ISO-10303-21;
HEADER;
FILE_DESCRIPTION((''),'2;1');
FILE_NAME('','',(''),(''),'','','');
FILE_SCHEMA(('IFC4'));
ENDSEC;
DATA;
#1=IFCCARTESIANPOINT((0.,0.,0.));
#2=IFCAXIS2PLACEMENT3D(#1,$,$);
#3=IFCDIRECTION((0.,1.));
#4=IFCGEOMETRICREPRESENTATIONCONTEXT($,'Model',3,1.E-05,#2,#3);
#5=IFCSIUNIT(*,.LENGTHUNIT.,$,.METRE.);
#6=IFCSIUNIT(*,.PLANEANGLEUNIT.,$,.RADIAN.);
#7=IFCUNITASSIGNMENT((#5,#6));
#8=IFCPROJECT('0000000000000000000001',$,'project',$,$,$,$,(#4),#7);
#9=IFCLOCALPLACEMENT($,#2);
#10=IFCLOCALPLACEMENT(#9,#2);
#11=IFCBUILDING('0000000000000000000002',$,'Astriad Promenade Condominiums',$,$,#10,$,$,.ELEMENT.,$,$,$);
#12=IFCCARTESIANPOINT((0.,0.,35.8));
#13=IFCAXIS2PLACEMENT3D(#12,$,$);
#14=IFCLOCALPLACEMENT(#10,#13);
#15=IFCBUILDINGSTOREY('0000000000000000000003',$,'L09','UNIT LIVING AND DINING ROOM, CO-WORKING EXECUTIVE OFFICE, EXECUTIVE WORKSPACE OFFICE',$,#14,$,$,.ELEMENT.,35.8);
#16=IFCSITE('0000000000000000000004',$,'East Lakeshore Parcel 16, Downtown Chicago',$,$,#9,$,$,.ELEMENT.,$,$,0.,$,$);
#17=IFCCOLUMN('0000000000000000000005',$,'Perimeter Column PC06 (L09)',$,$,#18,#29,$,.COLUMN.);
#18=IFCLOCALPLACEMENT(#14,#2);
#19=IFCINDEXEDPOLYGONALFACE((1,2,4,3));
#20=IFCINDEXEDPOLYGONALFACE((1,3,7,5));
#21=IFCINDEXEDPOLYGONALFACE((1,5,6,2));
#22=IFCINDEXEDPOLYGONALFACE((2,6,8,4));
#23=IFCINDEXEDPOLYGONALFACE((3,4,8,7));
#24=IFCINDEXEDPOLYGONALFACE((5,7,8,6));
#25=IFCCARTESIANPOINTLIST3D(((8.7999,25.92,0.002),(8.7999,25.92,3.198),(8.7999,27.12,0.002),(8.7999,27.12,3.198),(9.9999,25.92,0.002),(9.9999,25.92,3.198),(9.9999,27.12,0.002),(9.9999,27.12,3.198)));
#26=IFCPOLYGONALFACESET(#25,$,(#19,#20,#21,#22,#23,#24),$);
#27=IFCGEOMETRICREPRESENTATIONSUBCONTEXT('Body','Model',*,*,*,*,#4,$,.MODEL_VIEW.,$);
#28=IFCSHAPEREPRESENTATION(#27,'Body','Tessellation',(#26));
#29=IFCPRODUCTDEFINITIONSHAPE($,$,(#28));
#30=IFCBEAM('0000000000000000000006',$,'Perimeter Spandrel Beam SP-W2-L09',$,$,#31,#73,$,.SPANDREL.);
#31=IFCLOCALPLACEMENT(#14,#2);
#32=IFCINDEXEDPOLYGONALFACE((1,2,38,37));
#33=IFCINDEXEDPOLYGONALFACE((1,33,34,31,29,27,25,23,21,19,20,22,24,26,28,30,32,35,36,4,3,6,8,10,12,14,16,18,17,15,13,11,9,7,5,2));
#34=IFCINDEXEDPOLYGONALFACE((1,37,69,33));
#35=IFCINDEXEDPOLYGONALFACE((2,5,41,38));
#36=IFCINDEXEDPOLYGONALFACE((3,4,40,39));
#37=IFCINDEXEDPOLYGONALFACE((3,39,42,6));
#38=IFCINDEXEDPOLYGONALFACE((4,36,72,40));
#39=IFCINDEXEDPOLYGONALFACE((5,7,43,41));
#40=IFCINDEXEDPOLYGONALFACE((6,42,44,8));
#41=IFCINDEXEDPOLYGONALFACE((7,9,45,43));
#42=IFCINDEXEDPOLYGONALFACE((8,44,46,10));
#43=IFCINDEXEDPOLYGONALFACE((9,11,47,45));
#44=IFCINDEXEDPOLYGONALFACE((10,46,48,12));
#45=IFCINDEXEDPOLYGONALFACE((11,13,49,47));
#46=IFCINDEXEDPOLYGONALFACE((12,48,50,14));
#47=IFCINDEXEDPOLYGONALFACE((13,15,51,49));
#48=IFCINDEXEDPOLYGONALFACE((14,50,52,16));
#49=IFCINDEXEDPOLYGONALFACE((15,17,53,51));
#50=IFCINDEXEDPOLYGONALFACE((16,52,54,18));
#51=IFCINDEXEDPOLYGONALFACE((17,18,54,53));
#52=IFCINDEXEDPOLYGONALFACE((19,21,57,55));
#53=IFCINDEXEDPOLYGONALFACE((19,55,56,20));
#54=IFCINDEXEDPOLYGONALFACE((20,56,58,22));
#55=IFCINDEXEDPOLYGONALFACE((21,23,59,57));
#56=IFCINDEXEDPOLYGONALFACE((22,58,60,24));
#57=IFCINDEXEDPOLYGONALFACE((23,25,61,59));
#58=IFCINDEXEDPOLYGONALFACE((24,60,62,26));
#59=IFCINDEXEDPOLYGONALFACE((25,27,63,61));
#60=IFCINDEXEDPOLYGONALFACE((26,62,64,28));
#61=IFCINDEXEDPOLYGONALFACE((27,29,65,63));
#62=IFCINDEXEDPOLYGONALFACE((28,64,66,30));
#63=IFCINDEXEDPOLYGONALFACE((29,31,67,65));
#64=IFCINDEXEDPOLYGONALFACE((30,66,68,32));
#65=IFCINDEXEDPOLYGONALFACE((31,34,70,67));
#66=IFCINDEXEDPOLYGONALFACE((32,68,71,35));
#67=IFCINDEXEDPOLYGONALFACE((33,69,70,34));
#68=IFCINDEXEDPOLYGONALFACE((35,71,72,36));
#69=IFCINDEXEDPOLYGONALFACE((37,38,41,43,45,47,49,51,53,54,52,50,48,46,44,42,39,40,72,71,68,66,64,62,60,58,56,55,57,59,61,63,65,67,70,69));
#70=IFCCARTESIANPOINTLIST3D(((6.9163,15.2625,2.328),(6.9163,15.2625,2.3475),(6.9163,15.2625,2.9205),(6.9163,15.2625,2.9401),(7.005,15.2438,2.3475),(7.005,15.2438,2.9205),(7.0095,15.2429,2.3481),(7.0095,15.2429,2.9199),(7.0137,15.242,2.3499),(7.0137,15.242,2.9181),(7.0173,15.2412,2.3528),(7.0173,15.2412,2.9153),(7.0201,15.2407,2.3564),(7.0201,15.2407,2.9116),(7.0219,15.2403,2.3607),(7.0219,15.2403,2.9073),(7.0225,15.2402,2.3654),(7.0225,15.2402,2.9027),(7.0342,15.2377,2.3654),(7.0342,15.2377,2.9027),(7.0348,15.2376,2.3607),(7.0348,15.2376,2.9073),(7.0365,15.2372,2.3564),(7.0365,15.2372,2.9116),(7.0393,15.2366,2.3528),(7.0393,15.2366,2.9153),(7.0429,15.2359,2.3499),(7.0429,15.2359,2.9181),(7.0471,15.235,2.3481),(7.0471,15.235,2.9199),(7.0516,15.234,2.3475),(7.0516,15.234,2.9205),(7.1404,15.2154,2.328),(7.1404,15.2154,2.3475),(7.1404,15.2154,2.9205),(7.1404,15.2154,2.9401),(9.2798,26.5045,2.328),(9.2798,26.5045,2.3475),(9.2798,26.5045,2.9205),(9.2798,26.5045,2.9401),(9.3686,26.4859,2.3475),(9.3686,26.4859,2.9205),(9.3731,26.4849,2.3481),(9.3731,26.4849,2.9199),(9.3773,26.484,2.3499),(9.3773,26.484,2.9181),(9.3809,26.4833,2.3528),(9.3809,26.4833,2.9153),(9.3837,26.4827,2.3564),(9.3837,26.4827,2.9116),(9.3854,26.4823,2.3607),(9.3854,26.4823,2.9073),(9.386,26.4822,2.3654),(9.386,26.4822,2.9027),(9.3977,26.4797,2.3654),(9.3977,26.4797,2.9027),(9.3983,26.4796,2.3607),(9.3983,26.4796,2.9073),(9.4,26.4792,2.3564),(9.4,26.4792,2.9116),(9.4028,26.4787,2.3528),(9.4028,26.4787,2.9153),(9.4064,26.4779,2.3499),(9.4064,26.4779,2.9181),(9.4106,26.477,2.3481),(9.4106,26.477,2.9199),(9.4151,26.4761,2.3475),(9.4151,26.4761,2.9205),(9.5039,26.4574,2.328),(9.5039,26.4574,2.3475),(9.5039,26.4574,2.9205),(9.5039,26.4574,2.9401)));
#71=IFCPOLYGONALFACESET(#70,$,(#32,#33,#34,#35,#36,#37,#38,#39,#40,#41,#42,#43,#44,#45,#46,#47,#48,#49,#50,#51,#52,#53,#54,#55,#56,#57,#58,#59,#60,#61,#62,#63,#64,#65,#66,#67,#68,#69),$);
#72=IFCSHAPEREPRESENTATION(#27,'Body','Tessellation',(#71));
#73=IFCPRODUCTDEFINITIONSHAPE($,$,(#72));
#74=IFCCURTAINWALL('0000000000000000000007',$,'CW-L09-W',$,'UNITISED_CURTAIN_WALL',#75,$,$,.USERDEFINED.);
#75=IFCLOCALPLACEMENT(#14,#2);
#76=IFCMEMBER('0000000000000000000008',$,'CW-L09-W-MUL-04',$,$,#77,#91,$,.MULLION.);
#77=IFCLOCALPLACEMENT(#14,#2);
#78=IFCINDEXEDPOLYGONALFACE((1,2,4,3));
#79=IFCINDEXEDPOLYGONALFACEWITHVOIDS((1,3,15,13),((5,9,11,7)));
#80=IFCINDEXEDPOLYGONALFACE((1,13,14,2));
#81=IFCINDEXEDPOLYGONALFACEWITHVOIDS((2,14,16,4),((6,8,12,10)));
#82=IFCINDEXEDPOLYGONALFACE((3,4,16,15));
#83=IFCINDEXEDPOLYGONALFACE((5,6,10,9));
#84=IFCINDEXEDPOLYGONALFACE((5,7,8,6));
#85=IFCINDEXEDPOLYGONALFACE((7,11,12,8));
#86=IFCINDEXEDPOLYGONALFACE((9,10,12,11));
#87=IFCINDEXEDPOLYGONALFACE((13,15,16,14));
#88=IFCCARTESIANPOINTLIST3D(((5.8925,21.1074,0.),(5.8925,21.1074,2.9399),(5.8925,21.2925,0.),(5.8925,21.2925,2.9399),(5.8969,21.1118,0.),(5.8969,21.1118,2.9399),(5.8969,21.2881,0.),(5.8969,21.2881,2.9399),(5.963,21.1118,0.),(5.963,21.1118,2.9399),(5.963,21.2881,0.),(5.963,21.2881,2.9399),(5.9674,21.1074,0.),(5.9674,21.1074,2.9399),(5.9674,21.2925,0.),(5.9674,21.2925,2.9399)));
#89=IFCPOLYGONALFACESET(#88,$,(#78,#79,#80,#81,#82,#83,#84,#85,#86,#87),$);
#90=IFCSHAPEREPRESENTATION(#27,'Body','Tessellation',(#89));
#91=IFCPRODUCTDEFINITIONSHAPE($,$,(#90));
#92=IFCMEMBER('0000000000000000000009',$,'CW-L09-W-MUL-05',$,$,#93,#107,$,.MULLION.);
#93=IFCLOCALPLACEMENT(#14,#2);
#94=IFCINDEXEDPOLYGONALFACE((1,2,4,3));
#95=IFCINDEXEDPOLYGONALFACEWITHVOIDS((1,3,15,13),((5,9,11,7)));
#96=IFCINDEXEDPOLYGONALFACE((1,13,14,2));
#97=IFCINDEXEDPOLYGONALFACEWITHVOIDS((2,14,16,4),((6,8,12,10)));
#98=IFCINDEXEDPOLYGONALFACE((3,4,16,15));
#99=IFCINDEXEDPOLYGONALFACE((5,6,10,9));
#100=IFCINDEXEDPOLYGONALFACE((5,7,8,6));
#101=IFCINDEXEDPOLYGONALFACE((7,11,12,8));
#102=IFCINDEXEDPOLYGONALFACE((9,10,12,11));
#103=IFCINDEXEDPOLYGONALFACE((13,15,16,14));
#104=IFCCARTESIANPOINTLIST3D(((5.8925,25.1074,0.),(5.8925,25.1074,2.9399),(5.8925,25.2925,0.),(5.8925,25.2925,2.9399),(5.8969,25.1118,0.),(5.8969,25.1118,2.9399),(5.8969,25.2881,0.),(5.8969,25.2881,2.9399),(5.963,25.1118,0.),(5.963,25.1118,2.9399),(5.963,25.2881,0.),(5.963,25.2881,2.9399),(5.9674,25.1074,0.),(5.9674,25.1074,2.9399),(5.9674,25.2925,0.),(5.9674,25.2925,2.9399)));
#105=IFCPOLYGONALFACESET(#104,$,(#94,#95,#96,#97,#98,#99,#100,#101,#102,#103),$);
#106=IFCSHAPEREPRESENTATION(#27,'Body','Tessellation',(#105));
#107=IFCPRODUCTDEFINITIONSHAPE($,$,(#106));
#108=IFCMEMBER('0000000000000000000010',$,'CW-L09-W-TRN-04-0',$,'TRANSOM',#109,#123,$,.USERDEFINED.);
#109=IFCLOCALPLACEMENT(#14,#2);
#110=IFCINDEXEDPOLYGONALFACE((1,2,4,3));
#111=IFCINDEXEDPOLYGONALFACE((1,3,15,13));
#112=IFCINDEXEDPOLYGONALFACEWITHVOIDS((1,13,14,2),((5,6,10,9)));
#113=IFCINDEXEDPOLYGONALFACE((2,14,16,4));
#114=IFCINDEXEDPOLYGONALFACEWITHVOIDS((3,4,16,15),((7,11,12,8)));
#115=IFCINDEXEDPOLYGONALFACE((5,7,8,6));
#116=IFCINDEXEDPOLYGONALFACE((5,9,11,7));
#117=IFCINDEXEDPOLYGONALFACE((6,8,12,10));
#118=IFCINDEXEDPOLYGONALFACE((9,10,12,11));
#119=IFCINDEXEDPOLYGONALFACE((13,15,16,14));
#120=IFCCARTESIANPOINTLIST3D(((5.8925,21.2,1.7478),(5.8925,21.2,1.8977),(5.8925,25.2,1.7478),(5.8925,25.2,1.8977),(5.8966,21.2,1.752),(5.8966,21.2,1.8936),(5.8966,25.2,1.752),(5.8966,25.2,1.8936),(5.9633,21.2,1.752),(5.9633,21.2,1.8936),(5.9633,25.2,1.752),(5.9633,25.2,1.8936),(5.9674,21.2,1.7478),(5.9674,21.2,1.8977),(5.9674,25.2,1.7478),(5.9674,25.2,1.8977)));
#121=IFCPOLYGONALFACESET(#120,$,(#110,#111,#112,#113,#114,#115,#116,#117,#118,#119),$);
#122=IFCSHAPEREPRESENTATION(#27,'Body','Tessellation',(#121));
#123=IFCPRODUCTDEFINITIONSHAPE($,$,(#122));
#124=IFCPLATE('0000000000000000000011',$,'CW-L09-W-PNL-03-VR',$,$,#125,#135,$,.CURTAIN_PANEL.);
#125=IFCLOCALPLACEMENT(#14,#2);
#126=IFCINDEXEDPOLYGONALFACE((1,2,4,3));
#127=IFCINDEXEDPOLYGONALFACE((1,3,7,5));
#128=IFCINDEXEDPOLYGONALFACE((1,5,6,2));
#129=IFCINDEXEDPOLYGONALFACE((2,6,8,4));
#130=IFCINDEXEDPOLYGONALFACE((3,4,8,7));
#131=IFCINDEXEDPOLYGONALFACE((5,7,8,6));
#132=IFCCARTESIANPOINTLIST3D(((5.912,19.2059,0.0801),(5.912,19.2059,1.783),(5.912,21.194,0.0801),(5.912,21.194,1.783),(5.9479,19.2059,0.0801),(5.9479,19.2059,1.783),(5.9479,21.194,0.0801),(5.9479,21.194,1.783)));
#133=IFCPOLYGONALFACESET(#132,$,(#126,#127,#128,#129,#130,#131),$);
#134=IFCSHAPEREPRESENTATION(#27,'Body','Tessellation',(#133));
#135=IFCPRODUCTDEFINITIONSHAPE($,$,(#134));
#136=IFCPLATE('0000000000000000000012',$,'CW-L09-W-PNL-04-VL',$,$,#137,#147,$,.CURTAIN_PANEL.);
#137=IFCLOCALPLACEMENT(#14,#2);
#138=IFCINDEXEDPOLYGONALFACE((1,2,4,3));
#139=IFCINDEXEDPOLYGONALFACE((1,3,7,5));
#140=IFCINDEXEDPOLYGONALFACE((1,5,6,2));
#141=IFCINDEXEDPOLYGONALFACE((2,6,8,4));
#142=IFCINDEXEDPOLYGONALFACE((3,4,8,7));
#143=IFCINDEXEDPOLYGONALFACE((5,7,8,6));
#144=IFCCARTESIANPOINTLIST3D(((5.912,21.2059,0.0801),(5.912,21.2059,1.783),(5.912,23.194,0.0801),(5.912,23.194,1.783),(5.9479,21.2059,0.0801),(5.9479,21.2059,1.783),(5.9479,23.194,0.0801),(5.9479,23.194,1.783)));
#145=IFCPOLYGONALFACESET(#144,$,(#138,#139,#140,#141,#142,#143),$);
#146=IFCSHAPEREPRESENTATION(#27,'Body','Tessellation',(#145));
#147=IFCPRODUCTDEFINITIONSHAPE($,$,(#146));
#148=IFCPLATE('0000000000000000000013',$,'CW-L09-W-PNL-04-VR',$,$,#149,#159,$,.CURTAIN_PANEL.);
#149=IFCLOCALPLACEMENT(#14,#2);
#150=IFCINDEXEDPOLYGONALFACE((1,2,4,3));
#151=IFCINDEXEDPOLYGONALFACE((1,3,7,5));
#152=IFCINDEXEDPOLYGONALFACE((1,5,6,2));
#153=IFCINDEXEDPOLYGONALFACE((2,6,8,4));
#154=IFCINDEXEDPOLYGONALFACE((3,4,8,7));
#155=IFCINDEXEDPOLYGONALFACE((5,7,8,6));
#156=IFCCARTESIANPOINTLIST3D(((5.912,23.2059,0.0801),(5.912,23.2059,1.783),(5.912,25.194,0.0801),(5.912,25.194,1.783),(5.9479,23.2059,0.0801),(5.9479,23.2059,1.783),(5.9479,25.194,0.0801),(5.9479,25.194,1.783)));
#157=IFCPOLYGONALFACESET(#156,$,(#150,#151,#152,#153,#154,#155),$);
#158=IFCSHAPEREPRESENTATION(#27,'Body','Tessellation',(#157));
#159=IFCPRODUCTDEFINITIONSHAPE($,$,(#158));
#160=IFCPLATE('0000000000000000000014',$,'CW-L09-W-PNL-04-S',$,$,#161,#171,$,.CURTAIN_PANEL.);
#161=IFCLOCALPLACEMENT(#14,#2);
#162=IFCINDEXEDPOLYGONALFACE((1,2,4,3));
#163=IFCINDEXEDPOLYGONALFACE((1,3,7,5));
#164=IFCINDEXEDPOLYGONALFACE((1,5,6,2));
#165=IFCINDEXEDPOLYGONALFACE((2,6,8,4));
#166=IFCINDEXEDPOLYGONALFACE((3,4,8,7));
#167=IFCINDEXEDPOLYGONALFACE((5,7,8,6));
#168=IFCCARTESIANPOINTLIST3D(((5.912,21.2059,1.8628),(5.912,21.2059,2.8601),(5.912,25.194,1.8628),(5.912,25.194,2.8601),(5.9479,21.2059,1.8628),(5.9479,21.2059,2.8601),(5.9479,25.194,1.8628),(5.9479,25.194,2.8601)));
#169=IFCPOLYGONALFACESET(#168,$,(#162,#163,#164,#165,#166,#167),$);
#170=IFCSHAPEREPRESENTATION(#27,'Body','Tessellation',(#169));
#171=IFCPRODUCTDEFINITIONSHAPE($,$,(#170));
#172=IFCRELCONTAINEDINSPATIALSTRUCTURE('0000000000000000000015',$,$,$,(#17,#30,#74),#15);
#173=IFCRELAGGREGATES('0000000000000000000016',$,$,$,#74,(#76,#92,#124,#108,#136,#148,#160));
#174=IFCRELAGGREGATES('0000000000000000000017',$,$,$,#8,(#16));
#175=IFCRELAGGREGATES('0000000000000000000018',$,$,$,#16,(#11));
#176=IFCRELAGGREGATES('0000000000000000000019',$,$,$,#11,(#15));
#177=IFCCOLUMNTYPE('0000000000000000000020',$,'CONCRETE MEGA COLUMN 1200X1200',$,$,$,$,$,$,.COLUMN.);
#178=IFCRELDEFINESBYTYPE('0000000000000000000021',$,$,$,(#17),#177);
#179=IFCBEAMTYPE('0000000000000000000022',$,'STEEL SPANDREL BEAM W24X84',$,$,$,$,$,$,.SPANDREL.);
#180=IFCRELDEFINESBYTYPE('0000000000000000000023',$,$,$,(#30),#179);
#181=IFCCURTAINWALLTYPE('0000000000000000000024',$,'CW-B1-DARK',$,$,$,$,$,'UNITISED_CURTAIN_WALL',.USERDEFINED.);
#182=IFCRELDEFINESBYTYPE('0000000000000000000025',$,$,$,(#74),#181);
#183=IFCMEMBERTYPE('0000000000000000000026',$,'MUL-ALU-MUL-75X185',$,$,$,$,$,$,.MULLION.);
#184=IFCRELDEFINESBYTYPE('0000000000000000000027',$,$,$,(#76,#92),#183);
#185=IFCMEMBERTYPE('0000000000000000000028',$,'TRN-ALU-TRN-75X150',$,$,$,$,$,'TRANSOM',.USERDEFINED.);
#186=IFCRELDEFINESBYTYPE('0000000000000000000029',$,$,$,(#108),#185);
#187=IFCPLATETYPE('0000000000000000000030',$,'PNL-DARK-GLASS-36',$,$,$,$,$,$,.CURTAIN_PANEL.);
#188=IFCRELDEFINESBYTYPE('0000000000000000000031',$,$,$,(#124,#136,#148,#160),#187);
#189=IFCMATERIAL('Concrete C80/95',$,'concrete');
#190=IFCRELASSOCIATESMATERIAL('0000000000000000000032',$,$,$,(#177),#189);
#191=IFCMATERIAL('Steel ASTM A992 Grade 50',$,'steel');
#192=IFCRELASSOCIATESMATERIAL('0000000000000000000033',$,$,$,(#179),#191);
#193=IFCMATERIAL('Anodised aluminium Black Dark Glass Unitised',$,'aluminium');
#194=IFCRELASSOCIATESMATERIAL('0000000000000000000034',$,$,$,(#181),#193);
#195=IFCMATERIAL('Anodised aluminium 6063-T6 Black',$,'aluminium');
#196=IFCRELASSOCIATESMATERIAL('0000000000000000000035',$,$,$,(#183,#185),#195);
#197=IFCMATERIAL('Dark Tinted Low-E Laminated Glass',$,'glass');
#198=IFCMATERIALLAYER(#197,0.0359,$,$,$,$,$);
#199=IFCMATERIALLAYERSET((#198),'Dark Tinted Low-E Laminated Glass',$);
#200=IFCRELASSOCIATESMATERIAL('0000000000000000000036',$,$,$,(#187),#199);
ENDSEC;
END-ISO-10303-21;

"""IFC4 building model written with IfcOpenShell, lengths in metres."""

from ifc_helpers import new_model, si_unit, direction, frame, origin, origin_2d, place, context, subcontext, project, spatial, rectangle, hollow_rectangle, i_section, extrude, source, transform, mapped, material, layer, layer_set, material_profile, profile_set, type_object, type_shapes, element, aggregate, save


model = new_model("IFC4")

# Units and contexts
model_context = context("Model", 3, precision=1e-05, world=origin(), true_north=direction((0.0, 1.0)))
body_context = subcontext(model_context, "Body", "Model", "MODEL_VIEW")
ifc_project = project(units=[si_unit("LENGTHUNIT", "METRE"), si_unit("PLANEANGLEUNIT", "RADIAN")], contexts=[model_context])

# Site, building, storey
site_placement = place(None, origin())
site = spatial("IfcSite", under=ifc_project, at=site_placement, Name="East Lakeshore Parcel 16, Downtown Chicago", CompositionType="ELEMENT", RefElevation=0.0)
building_placement = place(site_placement, origin())
building = spatial("IfcBuilding", under=site, at=building_placement, Name="Astriad Promenade Condominiums", CompositionType="ELEMENT")
storey_placement = place(building_placement, frame((0.0, 0.0, 35.8)))
storey = spatial("IfcBuildingStorey", under=building, at=storey_placement, Name="L09", Description="UNIT LIVING AND DINING ROOM, CO-WORKING EXECUTIVE OFFICE, EXECUTIVE WORKSPACE OFFICE", CompositionType="ELEMENT", Elevation=35.8)

# Column
ifc_material_1 = material(Name="Concrete C80/95", Category="concrete")
ifc_material_profile_1 = material_profile(ifc_material_1, rectangle(XDim=1.2, YDim=1.2, at=origin_2d()), Name="RC-COL-1200X1200")
ifc_profile_set_1 = profile_set([ifc_material_profile_1], Name="Concrete C80/95")
column_type = type_object("IfcColumnType", Name="CONCRETE MEGA COLUMN 1200X1200", PredefinedType="COLUMN", material=ifc_profile_set_1)
shared_shape_1 = source(origin(), body_context, "Body", "SweptSolid", [
    extrude(rectangle(XDim=1.2, YDim=1.2, at=origin_2d()), origin(), (0.0, 0.0, 1.0), 3.196),
])
type_shapes(column_type, [shared_shape_1])
column_placement = place(storey_placement, frame((9.3999, 26.52, 0.002), z_axis=(0.0, 0.0, 1.0), x_axis=(1.0, 0.0, 0.0)))
element("IfcColumn", 1, at=column_placement, inside=storey, type_object=column_type, Name="Perimeter Column PC06 (L09)", PredefinedType="COLUMN", context=body_context, shape_type="MappedRepresentation", body=[
    mapped(shared_shape_1, transform((0.0, 0.0, 0.0), scale=1.0)),
])

# Beam
ifc_material_2 = material(Name="Steel ASTM A992 Grade 50", Category="steel")
ifc_material_profile_2 = material_profile(ifc_material_2, i_section(OverallWidth=0.229, OverallDepth=0.6121, WebThickness=0.012, FlangeThickness=0.0195, FilletRadius=0.0178, at=origin_2d()), Name="W24X84")
ifc_profile_set_2 = profile_set([ifc_material_profile_2], Name="Steel ASTM A992 Grade 50")
beam_type = type_object("IfcBeamType", Name="STEEL SPANDREL BEAM W24X84", PredefinedType="SPANDREL", material=ifc_profile_set_2)
shared_shape_2 = source(origin(), body_context, "Body", "SweptSolid", [
    extrude(i_section(OverallWidth=0.229, OverallDepth=0.6121, WebThickness=0.012, FlangeThickness=0.0195, FilletRadius=0.0178, at=origin_2d()), origin(), (0.0, 0.0, 1.0), 11.4878),
])
type_shapes(beam_type, [shared_shape_2])
beam_placement = place(storey_placement, frame((9.3918, 26.481, 2.634), z_axis=(-0.205744, -0.978606, 0.0), x_axis=(0.978606, -0.205744, 0.0)))
element("IfcBeam", 2, at=beam_placement, inside=storey, type_object=beam_type, Name="Perimeter Spandrel Beam SP-W2-L09", PredefinedType="SPANDREL", context=body_context, shape_type="MappedRepresentation", body=[
    mapped(shared_shape_2, transform((0.0, 0.0, 0.0), scale=1.0)),
])

# Curtain wall, members, plates
ifc_material_3 = material(Name="Anodised aluminium Black Dark Glass Unitised", Category="aluminium")
curtain_wall_type = type_object("IfcCurtainWallType", Name="CW-B1-DARK", ElementType="UNITISED_CURTAIN_WALL", PredefinedType="USERDEFINED", material=ifc_material_3)
curtain_wall_placement = place(storey_placement, origin())
curtain_wall = element("IfcCurtainWall", 3, at=curtain_wall_placement, inside=storey, type_object=curtain_wall_type, Name="CW-L09-W", ObjectType="UNITISED_CURTAIN_WALL", PredefinedType="USERDEFINED")
ifc_material_4 = material(Name="Anodised aluminium 6063-T6 Black", Category="aluminium")
ifc_material_profile_3 = material_profile(ifc_material_4, hollow_rectangle(XDim=0.075, YDim=0.1851, WallThickness=0.0044, at=origin_2d()), Name="ALU-MUL-75X185")
ifc_profile_set_3 = profile_set([ifc_material_profile_3], Name="Anodised aluminium 6063-T6 Black")
member_type_1 = type_object("IfcMemberType", Name="MUL-ALU-MUL-75X185", PredefinedType="MULLION", material=ifc_profile_set_3)
shared_shape_3 = source(origin(), body_context, "Body", "SweptSolid", [
    extrude(hollow_rectangle(XDim=0.075, YDim=0.1851, WallThickness=0.0044, at=origin_2d()), origin(), (0.0, 0.0, 1.0), 2.9399),
])
type_shapes(member_type_1, [shared_shape_3])
member_1_placement = place(storey_placement, frame((5.9299, 21.2, 0.0), z_axis=(0.0, 0.0, 1.0), x_axis=(1.0, 0.0, 0.0)))
member_1 = element("IfcMember", 4, at=member_1_placement, type_object=member_type_1, Name="CW-L09-W-MUL-04", PredefinedType="MULLION", context=body_context, shape_type="MappedRepresentation", body=[
    mapped(shared_shape_3, transform((0.0, 0.0, 0.0), scale=1.0)),
])
member_2_placement = place(storey_placement, frame((5.9299, 25.2, 0.0), z_axis=(0.0, 0.0, 1.0), x_axis=(1.0, 0.0, 0.0)))
member_2 = element("IfcMember", 5, at=member_2_placement, type_object=member_type_1, Name="CW-L09-W-MUL-05", PredefinedType="MULLION", context=body_context, shape_type="MappedRepresentation", body=[
    mapped(shared_shape_3, transform((0.0, 0.0, 0.0), scale=1.0)),
])
ifc_material_profile_4 = material_profile(ifc_material_4, hollow_rectangle(XDim=0.075, YDim=0.1499, WallThickness=0.0042, at=origin_2d()), Name="ALU-TRN-75X150")
ifc_profile_set_4 = profile_set([ifc_material_profile_4], Name="Anodised aluminium 6063-T6 Black")
member_type_2 = type_object("IfcMemberType", Name="TRN-ALU-TRN-75X150", ElementType="TRANSOM", PredefinedType="USERDEFINED", material=ifc_profile_set_4)
shared_shape_4 = source(origin(), body_context, "Body", "SweptSolid", [
    extrude(hollow_rectangle(XDim=0.075, YDim=0.1499, WallThickness=0.0042, at=origin_2d()), origin(), (0.0, 0.0, 1.0), 4.0),
])
type_shapes(member_type_2, [shared_shape_4])
member_3_placement = place(storey_placement, frame((5.9299, 21.2, 1.8228), z_axis=(0.0, 1.0, 0.0), x_axis=(-1.0, 0.0, 0.0)))
member_3 = element("IfcMember", 6, at=member_3_placement, type_object=member_type_2, Name="CW-L09-W-TRN-04-0", ObjectType="TRANSOM", PredefinedType="USERDEFINED", context=body_context, shape_type="MappedRepresentation", body=[
    mapped(shared_shape_4, transform((0.0, 0.0, 0.0), scale=1.0)),
])
ifc_material_5 = material(Name="Dark Tinted Low-E Laminated Glass", Category="glass")
ifc_layer_1 = layer(ifc_material_5, 0.0359)
ifc_layer_set_1 = layer_set([ifc_layer_1], Name="Dark Tinted Low-E Laminated Glass")
plate_type = type_object("IfcPlateType", Name="PNL-DARK-GLASS-36", PredefinedType="CURTAIN_PANEL", material=ifc_layer_set_1)
shared_shape_5 = source(origin(), body_context, "Body", "SweptSolid", [
    extrude(rectangle(XDim=1.988, YDim=0.0359, at=origin_2d()), origin(), (0.0, 0.0, 1.0), 1.7029),
])
plate_1_placement = place(storey_placement, frame((5.9299, 20.2, 0.0801), z_axis=(0.0, 0.0, 1.0), x_axis=(0.0, 1.0, 0.0)))
plate_1 = element("IfcPlate", 7, at=plate_1_placement, type_object=plate_type, Name="CW-L09-W-PNL-03-VR", PredefinedType="CURTAIN_PANEL", context=body_context, shape_type="MappedRepresentation", body=[
    mapped(shared_shape_5, transform((0.0, 0.0, 0.0), scale=1.0)),
])
plate_2_placement = place(storey_placement, frame((5.9299, 22.2, 0.0801), z_axis=(0.0, 0.0, 1.0), x_axis=(0.0, 1.0, 0.0)))
plate_2 = element("IfcPlate", 8, at=plate_2_placement, type_object=plate_type, Name="CW-L09-W-PNL-04-VL", PredefinedType="CURTAIN_PANEL", context=body_context, shape_type="MappedRepresentation", body=[
    mapped(shared_shape_5, transform((0.0, 0.0, 0.0), scale=1.0)),
])
plate_3_placement = place(storey_placement, frame((5.9299, 24.2, 0.0801), z_axis=(0.0, 0.0, 1.0), x_axis=(0.0, 1.0, 0.0)))
plate_3 = element("IfcPlate", 9, at=plate_3_placement, type_object=plate_type, Name="CW-L09-W-PNL-04-VR", PredefinedType="CURTAIN_PANEL", context=body_context, shape_type="MappedRepresentation", body=[
    mapped(shared_shape_5, transform((0.0, 0.0, 0.0), scale=1.0)),
])
shared_shape_6 = source(origin(), body_context, "Body", "SweptSolid", [
    extrude(rectangle(XDim=3.988, YDim=0.0359, at=origin_2d()), origin(), (0.0, 0.0, 1.0), 0.9973),
])
type_shapes(plate_type, [shared_shape_5, shared_shape_6])
plate_4_placement = place(storey_placement, frame((5.9299, 23.2, 1.8628), z_axis=(0.0, 0.0, 1.0), x_axis=(0.0, 1.0, 0.0)))
plate_4 = element("IfcPlate", 10, at=plate_4_placement, type_object=plate_type, Name="CW-L09-W-PNL-04-S", PredefinedType="CURTAIN_PANEL", context=body_context, shape_type="MappedRepresentation", body=[
    mapped(shared_shape_6, transform((0.0, 0.0, 0.0), scale=1.0)),
])
aggregate(curtain_wall, [member_1, member_2, plate_1, member_3, plate_2, plate_3, plate_4])

save(model, "model.ifc")
